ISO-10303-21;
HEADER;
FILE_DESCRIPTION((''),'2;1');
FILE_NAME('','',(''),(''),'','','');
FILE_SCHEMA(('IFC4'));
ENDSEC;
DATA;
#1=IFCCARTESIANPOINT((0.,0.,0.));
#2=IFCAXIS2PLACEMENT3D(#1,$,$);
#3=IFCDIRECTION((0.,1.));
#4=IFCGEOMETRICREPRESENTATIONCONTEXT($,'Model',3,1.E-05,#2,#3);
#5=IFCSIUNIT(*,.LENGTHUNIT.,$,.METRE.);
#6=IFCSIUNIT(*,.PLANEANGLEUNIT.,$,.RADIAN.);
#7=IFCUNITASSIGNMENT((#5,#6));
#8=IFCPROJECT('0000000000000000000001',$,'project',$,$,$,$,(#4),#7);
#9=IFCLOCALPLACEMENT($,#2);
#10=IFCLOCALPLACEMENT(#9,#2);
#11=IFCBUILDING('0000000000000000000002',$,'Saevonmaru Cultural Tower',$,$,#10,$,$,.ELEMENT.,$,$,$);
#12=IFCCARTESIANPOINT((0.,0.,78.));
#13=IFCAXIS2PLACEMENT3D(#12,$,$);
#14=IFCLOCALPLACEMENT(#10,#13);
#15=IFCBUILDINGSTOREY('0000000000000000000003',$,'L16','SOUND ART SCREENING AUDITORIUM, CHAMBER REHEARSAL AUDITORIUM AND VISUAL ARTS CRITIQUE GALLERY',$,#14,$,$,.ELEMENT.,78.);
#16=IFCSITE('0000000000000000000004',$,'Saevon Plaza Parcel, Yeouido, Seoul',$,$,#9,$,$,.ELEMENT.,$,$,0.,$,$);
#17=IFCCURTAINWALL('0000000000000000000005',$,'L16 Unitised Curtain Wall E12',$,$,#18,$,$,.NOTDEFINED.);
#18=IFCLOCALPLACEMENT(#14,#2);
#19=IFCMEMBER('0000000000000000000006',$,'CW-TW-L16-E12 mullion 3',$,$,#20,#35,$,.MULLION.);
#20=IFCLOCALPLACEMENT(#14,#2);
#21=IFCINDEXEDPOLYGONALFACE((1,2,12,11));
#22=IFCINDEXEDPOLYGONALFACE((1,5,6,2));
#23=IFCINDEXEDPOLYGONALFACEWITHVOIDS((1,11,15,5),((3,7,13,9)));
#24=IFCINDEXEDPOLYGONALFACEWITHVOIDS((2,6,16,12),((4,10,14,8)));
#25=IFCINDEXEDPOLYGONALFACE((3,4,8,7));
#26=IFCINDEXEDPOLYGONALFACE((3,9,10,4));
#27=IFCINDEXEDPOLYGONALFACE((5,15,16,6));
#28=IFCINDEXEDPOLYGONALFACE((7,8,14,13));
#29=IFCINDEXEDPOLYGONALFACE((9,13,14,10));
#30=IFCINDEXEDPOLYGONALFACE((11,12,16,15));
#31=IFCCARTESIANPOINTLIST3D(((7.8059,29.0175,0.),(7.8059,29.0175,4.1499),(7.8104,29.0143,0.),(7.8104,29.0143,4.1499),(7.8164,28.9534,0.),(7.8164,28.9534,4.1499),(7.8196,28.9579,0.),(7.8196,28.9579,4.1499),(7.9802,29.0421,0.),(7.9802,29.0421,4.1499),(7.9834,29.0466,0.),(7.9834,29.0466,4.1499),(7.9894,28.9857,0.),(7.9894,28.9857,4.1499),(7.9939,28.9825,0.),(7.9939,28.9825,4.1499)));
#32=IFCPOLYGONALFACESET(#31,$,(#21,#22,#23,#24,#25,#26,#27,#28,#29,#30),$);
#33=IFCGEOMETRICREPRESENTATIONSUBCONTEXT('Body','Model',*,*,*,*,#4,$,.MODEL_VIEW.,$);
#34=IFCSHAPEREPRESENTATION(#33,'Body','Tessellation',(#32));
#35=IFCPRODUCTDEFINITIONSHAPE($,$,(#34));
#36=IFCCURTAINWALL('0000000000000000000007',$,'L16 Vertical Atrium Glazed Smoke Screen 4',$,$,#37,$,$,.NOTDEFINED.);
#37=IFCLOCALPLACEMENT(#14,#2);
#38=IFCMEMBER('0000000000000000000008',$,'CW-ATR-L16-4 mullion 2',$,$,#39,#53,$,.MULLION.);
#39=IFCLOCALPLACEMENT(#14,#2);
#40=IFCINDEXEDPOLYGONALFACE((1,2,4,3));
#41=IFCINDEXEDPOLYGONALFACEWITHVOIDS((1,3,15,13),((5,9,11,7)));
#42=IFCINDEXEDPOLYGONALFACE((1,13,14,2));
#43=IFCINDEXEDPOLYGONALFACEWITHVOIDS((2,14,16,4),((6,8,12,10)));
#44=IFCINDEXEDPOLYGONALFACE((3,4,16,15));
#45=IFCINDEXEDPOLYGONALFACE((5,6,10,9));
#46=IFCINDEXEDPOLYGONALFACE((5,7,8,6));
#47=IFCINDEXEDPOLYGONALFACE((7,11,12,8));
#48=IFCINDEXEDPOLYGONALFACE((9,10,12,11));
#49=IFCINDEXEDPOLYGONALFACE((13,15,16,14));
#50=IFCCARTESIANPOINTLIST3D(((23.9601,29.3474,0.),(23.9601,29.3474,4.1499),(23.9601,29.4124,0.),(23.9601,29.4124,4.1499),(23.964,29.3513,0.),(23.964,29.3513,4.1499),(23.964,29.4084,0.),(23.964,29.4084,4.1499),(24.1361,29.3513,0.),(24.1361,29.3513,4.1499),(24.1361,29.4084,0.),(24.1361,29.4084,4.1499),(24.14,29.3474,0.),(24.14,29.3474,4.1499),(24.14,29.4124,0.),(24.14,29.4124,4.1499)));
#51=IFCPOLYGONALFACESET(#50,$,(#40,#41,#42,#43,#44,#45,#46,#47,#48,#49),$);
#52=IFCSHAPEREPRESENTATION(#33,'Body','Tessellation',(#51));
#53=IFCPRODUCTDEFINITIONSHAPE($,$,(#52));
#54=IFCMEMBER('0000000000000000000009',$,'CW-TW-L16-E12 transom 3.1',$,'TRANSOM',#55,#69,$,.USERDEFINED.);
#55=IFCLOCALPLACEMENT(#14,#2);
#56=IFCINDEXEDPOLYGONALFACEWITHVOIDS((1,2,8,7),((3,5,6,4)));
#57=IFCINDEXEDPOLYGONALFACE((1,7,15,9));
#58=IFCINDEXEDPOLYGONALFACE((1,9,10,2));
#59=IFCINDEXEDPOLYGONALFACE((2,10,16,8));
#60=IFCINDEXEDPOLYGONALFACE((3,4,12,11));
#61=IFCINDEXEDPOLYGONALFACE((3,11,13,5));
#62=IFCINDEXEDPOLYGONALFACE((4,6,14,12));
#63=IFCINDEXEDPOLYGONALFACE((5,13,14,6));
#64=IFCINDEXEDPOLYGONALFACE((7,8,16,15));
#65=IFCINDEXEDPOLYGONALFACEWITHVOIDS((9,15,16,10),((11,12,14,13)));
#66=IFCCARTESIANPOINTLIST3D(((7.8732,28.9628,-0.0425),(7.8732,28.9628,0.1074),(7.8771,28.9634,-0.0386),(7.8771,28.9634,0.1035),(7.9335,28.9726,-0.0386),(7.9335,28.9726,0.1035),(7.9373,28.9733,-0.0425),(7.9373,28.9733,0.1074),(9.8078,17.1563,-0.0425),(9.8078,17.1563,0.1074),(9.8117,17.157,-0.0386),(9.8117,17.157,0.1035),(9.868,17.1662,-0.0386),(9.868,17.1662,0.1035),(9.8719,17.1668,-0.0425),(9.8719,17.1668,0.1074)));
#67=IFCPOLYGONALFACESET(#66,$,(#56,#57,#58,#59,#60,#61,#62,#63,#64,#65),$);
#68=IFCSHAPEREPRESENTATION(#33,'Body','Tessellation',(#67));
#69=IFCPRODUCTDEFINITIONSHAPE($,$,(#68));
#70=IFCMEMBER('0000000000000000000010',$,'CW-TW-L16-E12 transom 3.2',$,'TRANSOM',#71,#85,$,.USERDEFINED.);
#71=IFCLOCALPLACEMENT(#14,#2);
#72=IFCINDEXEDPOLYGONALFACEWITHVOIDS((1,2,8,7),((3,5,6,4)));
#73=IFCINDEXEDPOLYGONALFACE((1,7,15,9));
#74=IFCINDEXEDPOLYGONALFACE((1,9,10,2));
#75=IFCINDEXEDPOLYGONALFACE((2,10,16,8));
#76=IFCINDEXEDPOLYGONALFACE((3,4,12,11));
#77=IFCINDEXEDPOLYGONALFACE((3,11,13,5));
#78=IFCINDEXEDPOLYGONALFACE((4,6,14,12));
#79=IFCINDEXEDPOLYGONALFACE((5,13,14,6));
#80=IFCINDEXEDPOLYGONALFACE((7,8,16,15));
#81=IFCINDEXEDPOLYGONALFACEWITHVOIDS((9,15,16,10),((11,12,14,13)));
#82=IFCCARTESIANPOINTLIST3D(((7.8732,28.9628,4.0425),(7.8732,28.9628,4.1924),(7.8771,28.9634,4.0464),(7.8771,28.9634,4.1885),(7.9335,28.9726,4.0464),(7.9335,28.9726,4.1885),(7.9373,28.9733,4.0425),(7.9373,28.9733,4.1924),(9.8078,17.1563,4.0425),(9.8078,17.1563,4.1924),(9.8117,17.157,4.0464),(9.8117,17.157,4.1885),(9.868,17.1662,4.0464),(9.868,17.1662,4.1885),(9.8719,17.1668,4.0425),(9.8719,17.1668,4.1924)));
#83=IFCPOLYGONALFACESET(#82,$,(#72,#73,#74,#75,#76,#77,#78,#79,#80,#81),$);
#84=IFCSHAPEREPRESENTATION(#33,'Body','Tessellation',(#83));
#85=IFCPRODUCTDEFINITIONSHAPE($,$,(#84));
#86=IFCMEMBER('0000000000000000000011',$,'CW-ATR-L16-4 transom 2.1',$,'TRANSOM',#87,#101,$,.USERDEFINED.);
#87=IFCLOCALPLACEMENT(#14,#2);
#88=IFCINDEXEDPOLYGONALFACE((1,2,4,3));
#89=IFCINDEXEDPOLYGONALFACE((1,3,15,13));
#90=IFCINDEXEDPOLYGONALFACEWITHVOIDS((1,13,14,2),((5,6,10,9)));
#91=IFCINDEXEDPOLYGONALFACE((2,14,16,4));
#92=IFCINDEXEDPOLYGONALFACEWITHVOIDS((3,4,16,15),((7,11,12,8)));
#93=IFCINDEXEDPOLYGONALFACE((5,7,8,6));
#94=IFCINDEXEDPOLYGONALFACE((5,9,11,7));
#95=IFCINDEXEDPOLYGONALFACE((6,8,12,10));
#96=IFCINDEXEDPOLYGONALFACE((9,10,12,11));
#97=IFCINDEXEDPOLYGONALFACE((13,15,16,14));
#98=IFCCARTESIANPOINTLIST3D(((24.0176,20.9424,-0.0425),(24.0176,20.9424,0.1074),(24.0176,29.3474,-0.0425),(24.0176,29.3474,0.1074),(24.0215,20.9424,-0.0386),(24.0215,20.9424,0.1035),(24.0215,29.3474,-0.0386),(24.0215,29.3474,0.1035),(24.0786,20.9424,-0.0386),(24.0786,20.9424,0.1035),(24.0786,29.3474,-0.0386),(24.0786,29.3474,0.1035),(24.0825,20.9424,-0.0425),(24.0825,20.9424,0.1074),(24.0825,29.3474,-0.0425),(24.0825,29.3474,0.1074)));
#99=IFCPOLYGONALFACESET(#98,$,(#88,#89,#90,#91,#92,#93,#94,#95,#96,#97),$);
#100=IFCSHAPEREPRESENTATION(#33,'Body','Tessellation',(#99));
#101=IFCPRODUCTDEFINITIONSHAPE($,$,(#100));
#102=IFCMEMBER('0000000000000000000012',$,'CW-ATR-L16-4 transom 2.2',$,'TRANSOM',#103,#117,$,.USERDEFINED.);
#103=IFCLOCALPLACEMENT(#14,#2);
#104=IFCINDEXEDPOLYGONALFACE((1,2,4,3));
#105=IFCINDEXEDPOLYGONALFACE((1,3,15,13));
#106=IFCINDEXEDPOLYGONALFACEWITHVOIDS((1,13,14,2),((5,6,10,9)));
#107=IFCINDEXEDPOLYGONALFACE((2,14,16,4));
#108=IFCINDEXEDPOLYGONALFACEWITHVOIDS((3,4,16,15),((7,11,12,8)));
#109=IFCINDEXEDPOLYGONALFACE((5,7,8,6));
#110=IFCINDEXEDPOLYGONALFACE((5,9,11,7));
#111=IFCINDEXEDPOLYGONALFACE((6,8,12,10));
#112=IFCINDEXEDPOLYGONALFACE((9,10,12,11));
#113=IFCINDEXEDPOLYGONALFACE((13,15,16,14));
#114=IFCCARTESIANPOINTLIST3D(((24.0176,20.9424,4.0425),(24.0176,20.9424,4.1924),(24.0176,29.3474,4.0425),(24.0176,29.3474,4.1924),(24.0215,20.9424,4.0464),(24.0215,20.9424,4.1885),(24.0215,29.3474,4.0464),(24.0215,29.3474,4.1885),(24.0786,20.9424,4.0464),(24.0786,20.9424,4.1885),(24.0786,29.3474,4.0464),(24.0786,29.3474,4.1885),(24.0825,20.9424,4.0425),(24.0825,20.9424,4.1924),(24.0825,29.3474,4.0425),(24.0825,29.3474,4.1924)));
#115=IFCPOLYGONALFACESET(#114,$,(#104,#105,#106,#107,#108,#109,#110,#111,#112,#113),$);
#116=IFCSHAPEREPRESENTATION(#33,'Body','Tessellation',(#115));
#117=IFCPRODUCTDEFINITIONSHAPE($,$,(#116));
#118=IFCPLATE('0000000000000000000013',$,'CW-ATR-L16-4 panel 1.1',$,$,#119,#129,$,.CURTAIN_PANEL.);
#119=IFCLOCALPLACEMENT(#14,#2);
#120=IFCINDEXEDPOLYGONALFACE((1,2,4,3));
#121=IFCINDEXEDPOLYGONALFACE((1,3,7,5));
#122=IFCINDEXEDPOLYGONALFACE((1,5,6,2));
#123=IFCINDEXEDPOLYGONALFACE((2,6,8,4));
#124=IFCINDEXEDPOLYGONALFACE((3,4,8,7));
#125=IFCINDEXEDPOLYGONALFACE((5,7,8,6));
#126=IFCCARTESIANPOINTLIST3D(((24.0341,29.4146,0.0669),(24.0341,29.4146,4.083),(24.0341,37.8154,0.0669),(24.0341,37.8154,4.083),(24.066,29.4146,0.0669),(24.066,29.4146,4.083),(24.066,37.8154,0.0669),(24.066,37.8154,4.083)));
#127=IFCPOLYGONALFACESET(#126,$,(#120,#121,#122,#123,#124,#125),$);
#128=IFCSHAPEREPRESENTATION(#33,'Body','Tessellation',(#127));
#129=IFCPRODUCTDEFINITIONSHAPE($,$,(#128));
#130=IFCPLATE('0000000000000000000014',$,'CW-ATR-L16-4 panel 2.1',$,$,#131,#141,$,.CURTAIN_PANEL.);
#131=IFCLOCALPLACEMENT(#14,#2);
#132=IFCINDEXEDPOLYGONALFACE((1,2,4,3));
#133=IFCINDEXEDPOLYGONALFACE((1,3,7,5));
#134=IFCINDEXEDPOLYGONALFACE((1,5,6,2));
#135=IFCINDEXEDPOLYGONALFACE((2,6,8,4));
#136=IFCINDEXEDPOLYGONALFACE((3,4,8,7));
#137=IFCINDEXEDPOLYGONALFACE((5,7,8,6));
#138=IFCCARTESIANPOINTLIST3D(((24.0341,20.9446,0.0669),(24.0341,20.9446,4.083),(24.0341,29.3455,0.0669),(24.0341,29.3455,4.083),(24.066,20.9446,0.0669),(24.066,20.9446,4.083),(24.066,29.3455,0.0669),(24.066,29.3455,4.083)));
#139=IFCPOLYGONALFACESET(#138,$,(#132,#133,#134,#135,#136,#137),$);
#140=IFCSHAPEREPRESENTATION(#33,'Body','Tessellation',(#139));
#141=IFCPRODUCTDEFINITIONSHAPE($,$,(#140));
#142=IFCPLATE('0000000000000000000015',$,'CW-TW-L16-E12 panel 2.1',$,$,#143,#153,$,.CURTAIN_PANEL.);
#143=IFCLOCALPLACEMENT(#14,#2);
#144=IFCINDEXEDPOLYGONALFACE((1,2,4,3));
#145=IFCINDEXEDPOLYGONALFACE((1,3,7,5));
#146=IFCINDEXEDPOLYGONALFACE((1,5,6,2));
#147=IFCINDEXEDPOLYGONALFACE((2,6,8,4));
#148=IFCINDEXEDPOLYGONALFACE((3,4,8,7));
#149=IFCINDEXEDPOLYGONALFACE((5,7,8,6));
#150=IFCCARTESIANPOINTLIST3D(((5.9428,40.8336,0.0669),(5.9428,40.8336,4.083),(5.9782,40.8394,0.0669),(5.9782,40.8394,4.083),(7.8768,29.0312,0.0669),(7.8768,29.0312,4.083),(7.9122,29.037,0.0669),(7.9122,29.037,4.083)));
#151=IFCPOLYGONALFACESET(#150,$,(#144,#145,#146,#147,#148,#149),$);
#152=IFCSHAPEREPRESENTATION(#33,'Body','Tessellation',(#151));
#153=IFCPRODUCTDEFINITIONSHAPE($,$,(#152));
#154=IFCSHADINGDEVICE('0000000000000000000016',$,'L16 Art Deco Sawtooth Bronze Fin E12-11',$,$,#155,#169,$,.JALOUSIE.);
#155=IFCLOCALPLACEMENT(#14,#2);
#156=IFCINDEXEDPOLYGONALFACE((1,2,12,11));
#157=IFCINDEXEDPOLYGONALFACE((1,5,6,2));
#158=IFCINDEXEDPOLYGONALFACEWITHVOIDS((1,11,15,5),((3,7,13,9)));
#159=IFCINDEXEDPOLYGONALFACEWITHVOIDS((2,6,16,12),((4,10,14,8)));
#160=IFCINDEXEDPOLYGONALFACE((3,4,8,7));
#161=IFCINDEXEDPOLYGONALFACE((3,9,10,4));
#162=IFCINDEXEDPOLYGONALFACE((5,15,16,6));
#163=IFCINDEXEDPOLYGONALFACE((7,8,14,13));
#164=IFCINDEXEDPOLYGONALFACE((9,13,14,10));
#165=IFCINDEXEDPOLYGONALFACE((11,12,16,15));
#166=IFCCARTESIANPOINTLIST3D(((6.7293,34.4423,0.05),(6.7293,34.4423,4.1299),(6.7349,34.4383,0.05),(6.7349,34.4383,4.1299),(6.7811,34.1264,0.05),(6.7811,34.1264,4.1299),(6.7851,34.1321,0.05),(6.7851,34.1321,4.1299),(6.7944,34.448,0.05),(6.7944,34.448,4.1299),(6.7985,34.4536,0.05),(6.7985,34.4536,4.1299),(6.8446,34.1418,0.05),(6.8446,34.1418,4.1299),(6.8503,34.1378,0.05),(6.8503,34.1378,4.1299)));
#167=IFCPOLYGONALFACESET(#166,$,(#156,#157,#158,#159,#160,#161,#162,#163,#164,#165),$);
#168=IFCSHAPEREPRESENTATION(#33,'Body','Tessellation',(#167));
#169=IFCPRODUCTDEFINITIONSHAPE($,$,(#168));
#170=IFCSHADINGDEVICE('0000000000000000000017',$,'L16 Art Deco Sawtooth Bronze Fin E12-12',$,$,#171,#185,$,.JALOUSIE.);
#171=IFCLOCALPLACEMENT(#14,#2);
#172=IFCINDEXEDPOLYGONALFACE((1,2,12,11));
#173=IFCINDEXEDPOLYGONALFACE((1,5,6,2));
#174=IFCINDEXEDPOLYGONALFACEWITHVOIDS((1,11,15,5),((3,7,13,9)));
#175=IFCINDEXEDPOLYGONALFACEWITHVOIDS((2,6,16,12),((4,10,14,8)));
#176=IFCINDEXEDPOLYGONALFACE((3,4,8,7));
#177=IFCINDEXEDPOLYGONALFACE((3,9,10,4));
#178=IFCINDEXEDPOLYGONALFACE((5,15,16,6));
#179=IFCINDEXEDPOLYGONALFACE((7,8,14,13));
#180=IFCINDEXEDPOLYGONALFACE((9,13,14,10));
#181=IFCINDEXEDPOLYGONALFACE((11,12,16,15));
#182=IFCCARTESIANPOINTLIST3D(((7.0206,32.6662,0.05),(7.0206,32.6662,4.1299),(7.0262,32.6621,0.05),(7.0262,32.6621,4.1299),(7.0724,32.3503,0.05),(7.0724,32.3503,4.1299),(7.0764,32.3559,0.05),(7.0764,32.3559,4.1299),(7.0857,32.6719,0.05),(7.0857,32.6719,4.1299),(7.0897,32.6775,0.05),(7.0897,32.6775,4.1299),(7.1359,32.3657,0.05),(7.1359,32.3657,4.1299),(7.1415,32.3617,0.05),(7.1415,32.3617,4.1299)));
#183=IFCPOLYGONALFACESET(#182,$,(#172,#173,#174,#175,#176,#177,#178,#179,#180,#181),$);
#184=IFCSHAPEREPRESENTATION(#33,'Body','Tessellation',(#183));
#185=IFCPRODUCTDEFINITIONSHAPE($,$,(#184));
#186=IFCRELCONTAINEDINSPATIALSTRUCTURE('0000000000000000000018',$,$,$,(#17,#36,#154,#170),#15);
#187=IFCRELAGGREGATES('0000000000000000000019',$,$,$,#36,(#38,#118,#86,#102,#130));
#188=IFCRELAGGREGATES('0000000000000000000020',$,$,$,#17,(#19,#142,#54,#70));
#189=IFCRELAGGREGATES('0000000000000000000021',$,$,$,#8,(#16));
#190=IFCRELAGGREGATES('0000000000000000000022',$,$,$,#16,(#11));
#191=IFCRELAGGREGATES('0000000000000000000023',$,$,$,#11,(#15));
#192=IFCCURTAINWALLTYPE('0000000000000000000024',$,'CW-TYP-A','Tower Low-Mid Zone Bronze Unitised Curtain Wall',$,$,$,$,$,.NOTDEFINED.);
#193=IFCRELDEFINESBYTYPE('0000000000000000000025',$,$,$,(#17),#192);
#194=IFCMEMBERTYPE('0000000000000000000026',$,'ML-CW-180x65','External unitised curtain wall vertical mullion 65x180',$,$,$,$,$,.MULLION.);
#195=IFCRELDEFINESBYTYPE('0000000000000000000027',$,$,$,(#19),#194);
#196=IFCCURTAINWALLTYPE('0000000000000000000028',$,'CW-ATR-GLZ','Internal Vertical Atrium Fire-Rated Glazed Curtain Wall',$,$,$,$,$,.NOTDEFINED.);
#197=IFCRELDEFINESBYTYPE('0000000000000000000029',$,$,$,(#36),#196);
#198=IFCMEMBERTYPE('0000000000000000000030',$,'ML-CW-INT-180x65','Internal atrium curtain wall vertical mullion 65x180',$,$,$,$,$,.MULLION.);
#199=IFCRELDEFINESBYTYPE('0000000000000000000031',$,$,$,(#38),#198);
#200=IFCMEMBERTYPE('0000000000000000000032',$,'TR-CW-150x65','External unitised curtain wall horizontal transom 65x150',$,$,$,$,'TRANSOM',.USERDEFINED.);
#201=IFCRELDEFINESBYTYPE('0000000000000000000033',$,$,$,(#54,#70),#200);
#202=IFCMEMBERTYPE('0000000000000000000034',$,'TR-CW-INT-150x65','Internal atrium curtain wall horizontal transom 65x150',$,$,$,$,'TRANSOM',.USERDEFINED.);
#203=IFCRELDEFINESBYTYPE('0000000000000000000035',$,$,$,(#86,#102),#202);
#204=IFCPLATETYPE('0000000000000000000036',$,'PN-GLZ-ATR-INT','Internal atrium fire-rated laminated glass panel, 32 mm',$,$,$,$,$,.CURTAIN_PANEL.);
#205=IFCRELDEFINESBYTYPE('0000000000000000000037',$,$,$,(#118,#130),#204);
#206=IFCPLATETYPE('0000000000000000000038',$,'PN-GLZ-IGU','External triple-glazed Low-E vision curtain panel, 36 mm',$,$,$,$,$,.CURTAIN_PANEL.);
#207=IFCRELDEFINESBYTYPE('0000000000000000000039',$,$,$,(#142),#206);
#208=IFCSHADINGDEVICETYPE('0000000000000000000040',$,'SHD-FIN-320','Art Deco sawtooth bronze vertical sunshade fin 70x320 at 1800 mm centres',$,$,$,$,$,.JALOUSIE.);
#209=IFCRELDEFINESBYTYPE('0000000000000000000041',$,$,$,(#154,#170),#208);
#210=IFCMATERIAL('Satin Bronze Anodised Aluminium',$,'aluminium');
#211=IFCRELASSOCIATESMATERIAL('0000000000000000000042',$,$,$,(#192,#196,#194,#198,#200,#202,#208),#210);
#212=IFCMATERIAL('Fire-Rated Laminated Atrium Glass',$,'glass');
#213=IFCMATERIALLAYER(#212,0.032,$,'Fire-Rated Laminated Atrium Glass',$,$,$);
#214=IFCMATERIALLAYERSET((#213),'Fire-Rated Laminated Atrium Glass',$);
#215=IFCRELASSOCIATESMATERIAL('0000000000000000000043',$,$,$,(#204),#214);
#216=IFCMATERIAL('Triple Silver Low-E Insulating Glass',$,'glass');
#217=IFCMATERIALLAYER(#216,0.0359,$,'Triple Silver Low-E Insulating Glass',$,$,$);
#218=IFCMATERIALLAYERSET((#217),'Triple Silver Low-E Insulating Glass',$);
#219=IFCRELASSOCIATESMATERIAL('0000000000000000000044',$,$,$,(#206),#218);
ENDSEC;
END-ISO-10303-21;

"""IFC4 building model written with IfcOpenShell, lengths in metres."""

from ifc_helpers import new_model, si_unit, direction, frame, origin, origin_2d, place, context, subcontext, project, spatial, rectangle, hollow_rectangle, extrude, material, layer, layer_set, material_profile, profile_set, type_object, element, aggregate, save


model = new_model("IFC4")

# Units and contexts
model_context = context("Model", 3, precision=1e-05, world=origin(), true_north=direction((0.0, 1.0)))
body_context = subcontext(model_context, "Body", "Model", "MODEL_VIEW")
ifc_project = project(units=[si_unit("LENGTHUNIT", "METRE"), si_unit("PLANEANGLEUNIT", "RADIAN")], contexts=[model_context])

# Site, building, storey
site_placement = place(None, origin())
site = spatial("IfcSite", under=ifc_project, at=site_placement, Name="Saevon Plaza Parcel, Yeouido, Seoul", CompositionType="ELEMENT", RefElevation=0.0)
building_placement = place(site_placement, origin())
building = spatial("IfcBuilding", under=site, at=building_placement, Name="Saevonmaru Cultural Tower", CompositionType="ELEMENT")
storey_placement = place(building_placement, frame((0.0, 0.0, 78.0)))
storey = spatial("IfcBuildingStorey", under=building, at=storey_placement, Name="L16", Description="SOUND ART SCREENING AUDITORIUM, CHAMBER REHEARSAL AUDITORIUM AND VISUAL ARTS CRITIQUE GALLERY", CompositionType="ELEMENT", Elevation=78.0)

# Curtain walls, members
ifc_material_1 = material(Name="Satin Bronze Anodised Aluminium", Category="aluminium")
curtain_wall_type_1 = type_object("IfcCurtainWallType", Name="CW-TYP-A", Description="Tower Low-Mid Zone Bronze Unitised Curtain Wall", PredefinedType="NOTDEFINED", material=ifc_material_1)
curtain_wall_1_placement = place(storey_placement, origin())
curtain_wall_1 = element("IfcCurtainWall", 1, at=curtain_wall_1_placement, inside=storey, type_object=curtain_wall_type_1, Name="L16 Unitised Curtain Wall E12", PredefinedType="NOTDEFINED")
ifc_material_profile_1 = material_profile(ifc_material_1, hollow_rectangle(XDim=0.0649, YDim=0.1799, WallThickness=0.0039, at=origin_2d()), Name="ALU-MULL-180x65x4")
ifc_profile_set_1 = profile_set([ifc_material_profile_1], Name="Satin Bronze Anodised Aluminium")
member_type_1 = type_object("IfcMemberType", Name="ML-CW-180x65", Description="External unitised curtain wall vertical mullion 65x180", PredefinedType="MULLION", material=ifc_profile_set_1)
member_1_placement = place(storey_placement, frame((7.8999, 29.0, 0.0), z_axis=(0.0, 0.0, 1.0), x_axis=(0.161709, -0.986839, 0.0)))
member_1 = element("IfcMember", 2, at=member_1_placement, type_object=member_type_1, Name="CW-TW-L16-E12 mullion 3", PredefinedType="MULLION", context=body_context, shape_type="SweptSolid", body=[
    extrude(hollow_rectangle(XDim=0.0649, YDim=0.1799, WallThickness=0.0039, at=origin_2d()), origin(), (0.0, 0.0, 1.0), 4.1499),
])
curtain_wall_type_2 = type_object("IfcCurtainWallType", Name="CW-ATR-GLZ", Description="Internal Vertical Atrium Fire-Rated Glazed Curtain Wall", PredefinedType="NOTDEFINED", material=ifc_material_1)
curtain_wall_2_placement = place(storey_placement, origin())
curtain_wall_2 = element("IfcCurtainWall", 3, at=curtain_wall_2_placement, inside=storey, type_object=curtain_wall_type_2, Name="L16 Vertical Atrium Glazed Smoke Screen 4", PredefinedType="NOTDEFINED")
ifc_material_profile_2 = material_profile(ifc_material_1, hollow_rectangle(XDim=0.0649, YDim=0.1799, WallThickness=0.0039, at=origin_2d()), Name="ALU-MULL-180x65x4")
ifc_profile_set_2 = profile_set([ifc_material_profile_2], Name="Satin Bronze Anodised Aluminium")
member_type_2 = type_object("IfcMemberType", Name="ML-CW-INT-180x65", Description="Internal atrium curtain wall vertical mullion 65x180", PredefinedType="MULLION", material=ifc_profile_set_2)
member_2_placement = place(storey_placement, frame((24.05, 29.3799, 0.0), z_axis=(0.0, 0.0, 1.0), x_axis=(0.0, -1.0, 0.0)))
member_2 = element("IfcMember", 4, at=member_2_placement, type_object=member_type_2, Name="CW-ATR-L16-4 mullion 2", PredefinedType="MULLION", context=body_context, shape_type="SweptSolid", body=[
    extrude(hollow_rectangle(XDim=0.0649, YDim=0.1799, WallThickness=0.0039, at=origin_2d()), origin(), (0.0, 0.0, 1.0), 4.1499),
])

# Members
ifc_material_profile_3 = material_profile(ifc_material_1, hollow_rectangle(XDim=0.0649, YDim=0.1499, WallThickness=0.0039, at=origin_2d()), Name="ALU-TRAN-150x65x4")
ifc_profile_set_3 = profile_set([ifc_material_profile_3], Name="Satin Bronze Anodised Aluminium")
member_type_3 = type_object("IfcMemberType", Name="TR-CW-150x65", Description="External unitised curtain wall horizontal transom 65x150", ElementType="TRANSOM", PredefinedType="USERDEFINED", material=ifc_profile_set_3)
member_3_placement = place(storey_placement, frame((7.9053, 28.968, 0.0325), z_axis=(0.161701, -0.98684, 0.0), x_axis=(0.98684, 0.161701, 0.0)))
member_3 = element("IfcMember", 5, at=member_3_placement, type_object=member_type_3, Name="CW-TW-L16-E12 transom 3.1", ObjectType="TRANSOM", PredefinedType="USERDEFINED", context=body_context, shape_type="SweptSolid", body=[
    extrude(hollow_rectangle(XDim=0.0649, YDim=0.1499, WallThickness=0.0039, at=origin_2d()), origin(), (0.0, 0.0, 1.0), 11.9639),
])
member_4_placement = place(storey_placement, frame((7.9053, 28.968, 4.1174), z_axis=(0.161701, -0.98684, 0.0), x_axis=(0.98684, 0.161701, 0.0)))
member_4 = element("IfcMember", 6, at=member_4_placement, type_object=member_type_3, Name="CW-TW-L16-E12 transom 3.2", ObjectType="TRANSOM", PredefinedType="USERDEFINED", context=body_context, shape_type="SweptSolid", body=[
    extrude(hollow_rectangle(XDim=0.0649, YDim=0.1499, WallThickness=0.0039, at=origin_2d()), origin(), (0.0, 0.0, 1.0), 11.9639),
])
ifc_material_profile_4 = material_profile(ifc_material_1, hollow_rectangle(XDim=0.0649, YDim=0.1499, WallThickness=0.0039, at=origin_2d()), Name="ALU-TRAN-150x65x4")
ifc_profile_set_4 = profile_set([ifc_material_profile_4], Name="Satin Bronze Anodised Aluminium")
member_type_4 = type_object("IfcMemberType", Name="TR-CW-INT-150x65", Description="Internal atrium curtain wall horizontal transom 65x150", ElementType="TRANSOM", PredefinedType="USERDEFINED", material=ifc_profile_set_4)
member_5_placement = place(storey_placement, frame((24.05, 29.3474, 0.0325), z_axis=(0.0, -1.0, 0.0), x_axis=(1.0, 0.0, 0.0)))
member_5 = element("IfcMember", 7, at=member_5_placement, type_object=member_type_4, Name="CW-ATR-L16-4 transom 2.1", ObjectType="TRANSOM", PredefinedType="USERDEFINED", context=body_context, shape_type="SweptSolid", body=[
    extrude(hollow_rectangle(XDim=0.0649, YDim=0.1499, WallThickness=0.0039, at=origin_2d()), origin(), (0.0, 0.0, 1.0), 8.405),
])
member_6_placement = place(storey_placement, frame((24.05, 29.3474, 4.1174), z_axis=(0.0, -1.0, 0.0), x_axis=(1.0, 0.0, 0.0)))
member_6 = element("IfcMember", 8, at=member_6_placement, type_object=member_type_4, Name="CW-ATR-L16-4 transom 2.2", ObjectType="TRANSOM", PredefinedType="USERDEFINED", context=body_context, shape_type="SweptSolid", body=[
    extrude(hollow_rectangle(XDim=0.0649, YDim=0.1499, WallThickness=0.0039, at=origin_2d()), origin(), (0.0, 0.0, 1.0), 8.405),
])

# Plates
ifc_material_2 = material(Name="Fire-Rated Laminated Atrium Glass", Category="glass")
ifc_layer_1 = layer(ifc_material_2, 0.032, Name="Fire-Rated Laminated Atrium Glass")
ifc_layer_set_1 = layer_set([ifc_layer_1], Name="Fire-Rated Laminated Atrium Glass")
plate_type_1 = type_object("IfcPlateType", Name="PN-GLZ-ATR-INT", Description="Internal atrium fire-rated laminated glass panel, 32 mm", PredefinedType="CURTAIN_PANEL", material=ifc_layer_set_1)
plate_1_placement = place(storey_placement, frame((24.05, 33.615, 0.0669), z_axis=(0.0, 0.0, 1.0), x_axis=(0.0, -1.0, 0.0)))
plate_1 = element("IfcPlate", 9, at=plate_1_placement, type_object=plate_type_1, Name="CW-ATR-L16-4 panel 1.1", PredefinedType="CURTAIN_PANEL", context=body_context, shape_type="SweptSolid", body=[
    extrude(rectangle(XDim=8.4009, YDim=0.032, at=origin_2d()), origin(), (0.0, 0.0, 1.0), 4.0161),
])
plate_2_placement = place(storey_placement, frame((24.05, 25.145, 0.0669), z_axis=(0.0, 0.0, 1.0), x_axis=(0.0, -1.0, 0.0)))
plate_2 = element("IfcPlate", 10, at=plate_2_placement, type_object=plate_type_1, Name="CW-ATR-L16-4 panel 2.1", PredefinedType="CURTAIN_PANEL", context=body_context, shape_type="SweptSolid", body=[
    extrude(rectangle(XDim=8.4009, YDim=0.032, at=origin_2d()), origin(), (0.0, 0.0, 1.0), 4.0161),
])
aggregate(curtain_wall_2, [member_2, plate_1, member_5, member_6, plate_2])
ifc_material_3 = material(Name="Triple Silver Low-E Insulating Glass", Category="glass")
ifc_layer_2 = layer(ifc_material_3, 0.0359, Name="Triple Silver Low-E Insulating Glass")
ifc_layer_set_2 = layer_set([ifc_layer_2], Name="Triple Silver Low-E Insulating Glass")
plate_type_2 = type_object("IfcPlateType", Name="PN-GLZ-IGU", Description="External triple-glazed Low-E vision curtain panel, 36 mm", PredefinedType="CURTAIN_PANEL", material=ifc_layer_set_2)
plate_3_placement = place(storey_placement, frame((6.9275, 34.9353, 0.0669), z_axis=(0.0, 0.0, 1.0), x_axis=(0.161709, -0.986839, 0.0)))
plate_3 = element("IfcPlate", 11, at=plate_3_placement, type_object=plate_type_2, Name="CW-TW-L16-E12 panel 2.1", PredefinedType="CURTAIN_PANEL", context=body_context, shape_type="SweptSolid", body=[
    extrude(rectangle(XDim=11.9597, YDim=0.0359, at=origin_2d()), origin(), (0.0, 0.0, 1.0), 4.0161),
])
aggregate(curtain_wall_1, [member_1, plate_3, member_3, member_4])

# Shading devices
ifc_material_profile_5 = material_profile(ifc_material_1, hollow_rectangle(XDim=0.0701, YDim=0.3201, WallThickness=0.0049, at=origin_2d()), Name="FIN-320x70")
ifc_profile_set_5 = profile_set([ifc_material_profile_5], Name="Satin Bronze Anodised Aluminium")
shading_device_type = type_object("IfcShadingDeviceType", Name="SHD-FIN-320", Description="Art Deco sawtooth bronze vertical sunshade fin 70x320 at 1800 mm centres", PredefinedType="JALOUSIE", material=ifc_profile_set_5)
for number, where, z_axis, x_axis, name in (
    (12, (6.7898, 34.29, 0.05), (0.0, 0.0, 1.0), (-0.986827, -0.161776, 0.0), "L16 Art Deco Sawtooth Bronze Fin E12-11"),
    (13, (7.0811, 32.5139, 0.05), (0.0, 0.0, 1.0), (-0.986827, -0.161776, 0.0), "L16 Art Deco Sawtooth Bronze Fin E12-12"),
):
    element("IfcShadingDevice", number, at=place(storey_placement, frame(where, z_axis=z_axis, x_axis=x_axis)), inside=storey, type_object=shading_device_type, Name=name, PredefinedType="JALOUSIE", context=body_context, shape_type="SweptSolid", body=[
        extrude(hollow_rectangle(XDim=0.0701, YDim=0.3201, WallThickness=0.0049, at=origin_2d()), origin(), (0.0, 0.0, 1.0), 4.0798),
    ])

save(model, "model.ifc")
